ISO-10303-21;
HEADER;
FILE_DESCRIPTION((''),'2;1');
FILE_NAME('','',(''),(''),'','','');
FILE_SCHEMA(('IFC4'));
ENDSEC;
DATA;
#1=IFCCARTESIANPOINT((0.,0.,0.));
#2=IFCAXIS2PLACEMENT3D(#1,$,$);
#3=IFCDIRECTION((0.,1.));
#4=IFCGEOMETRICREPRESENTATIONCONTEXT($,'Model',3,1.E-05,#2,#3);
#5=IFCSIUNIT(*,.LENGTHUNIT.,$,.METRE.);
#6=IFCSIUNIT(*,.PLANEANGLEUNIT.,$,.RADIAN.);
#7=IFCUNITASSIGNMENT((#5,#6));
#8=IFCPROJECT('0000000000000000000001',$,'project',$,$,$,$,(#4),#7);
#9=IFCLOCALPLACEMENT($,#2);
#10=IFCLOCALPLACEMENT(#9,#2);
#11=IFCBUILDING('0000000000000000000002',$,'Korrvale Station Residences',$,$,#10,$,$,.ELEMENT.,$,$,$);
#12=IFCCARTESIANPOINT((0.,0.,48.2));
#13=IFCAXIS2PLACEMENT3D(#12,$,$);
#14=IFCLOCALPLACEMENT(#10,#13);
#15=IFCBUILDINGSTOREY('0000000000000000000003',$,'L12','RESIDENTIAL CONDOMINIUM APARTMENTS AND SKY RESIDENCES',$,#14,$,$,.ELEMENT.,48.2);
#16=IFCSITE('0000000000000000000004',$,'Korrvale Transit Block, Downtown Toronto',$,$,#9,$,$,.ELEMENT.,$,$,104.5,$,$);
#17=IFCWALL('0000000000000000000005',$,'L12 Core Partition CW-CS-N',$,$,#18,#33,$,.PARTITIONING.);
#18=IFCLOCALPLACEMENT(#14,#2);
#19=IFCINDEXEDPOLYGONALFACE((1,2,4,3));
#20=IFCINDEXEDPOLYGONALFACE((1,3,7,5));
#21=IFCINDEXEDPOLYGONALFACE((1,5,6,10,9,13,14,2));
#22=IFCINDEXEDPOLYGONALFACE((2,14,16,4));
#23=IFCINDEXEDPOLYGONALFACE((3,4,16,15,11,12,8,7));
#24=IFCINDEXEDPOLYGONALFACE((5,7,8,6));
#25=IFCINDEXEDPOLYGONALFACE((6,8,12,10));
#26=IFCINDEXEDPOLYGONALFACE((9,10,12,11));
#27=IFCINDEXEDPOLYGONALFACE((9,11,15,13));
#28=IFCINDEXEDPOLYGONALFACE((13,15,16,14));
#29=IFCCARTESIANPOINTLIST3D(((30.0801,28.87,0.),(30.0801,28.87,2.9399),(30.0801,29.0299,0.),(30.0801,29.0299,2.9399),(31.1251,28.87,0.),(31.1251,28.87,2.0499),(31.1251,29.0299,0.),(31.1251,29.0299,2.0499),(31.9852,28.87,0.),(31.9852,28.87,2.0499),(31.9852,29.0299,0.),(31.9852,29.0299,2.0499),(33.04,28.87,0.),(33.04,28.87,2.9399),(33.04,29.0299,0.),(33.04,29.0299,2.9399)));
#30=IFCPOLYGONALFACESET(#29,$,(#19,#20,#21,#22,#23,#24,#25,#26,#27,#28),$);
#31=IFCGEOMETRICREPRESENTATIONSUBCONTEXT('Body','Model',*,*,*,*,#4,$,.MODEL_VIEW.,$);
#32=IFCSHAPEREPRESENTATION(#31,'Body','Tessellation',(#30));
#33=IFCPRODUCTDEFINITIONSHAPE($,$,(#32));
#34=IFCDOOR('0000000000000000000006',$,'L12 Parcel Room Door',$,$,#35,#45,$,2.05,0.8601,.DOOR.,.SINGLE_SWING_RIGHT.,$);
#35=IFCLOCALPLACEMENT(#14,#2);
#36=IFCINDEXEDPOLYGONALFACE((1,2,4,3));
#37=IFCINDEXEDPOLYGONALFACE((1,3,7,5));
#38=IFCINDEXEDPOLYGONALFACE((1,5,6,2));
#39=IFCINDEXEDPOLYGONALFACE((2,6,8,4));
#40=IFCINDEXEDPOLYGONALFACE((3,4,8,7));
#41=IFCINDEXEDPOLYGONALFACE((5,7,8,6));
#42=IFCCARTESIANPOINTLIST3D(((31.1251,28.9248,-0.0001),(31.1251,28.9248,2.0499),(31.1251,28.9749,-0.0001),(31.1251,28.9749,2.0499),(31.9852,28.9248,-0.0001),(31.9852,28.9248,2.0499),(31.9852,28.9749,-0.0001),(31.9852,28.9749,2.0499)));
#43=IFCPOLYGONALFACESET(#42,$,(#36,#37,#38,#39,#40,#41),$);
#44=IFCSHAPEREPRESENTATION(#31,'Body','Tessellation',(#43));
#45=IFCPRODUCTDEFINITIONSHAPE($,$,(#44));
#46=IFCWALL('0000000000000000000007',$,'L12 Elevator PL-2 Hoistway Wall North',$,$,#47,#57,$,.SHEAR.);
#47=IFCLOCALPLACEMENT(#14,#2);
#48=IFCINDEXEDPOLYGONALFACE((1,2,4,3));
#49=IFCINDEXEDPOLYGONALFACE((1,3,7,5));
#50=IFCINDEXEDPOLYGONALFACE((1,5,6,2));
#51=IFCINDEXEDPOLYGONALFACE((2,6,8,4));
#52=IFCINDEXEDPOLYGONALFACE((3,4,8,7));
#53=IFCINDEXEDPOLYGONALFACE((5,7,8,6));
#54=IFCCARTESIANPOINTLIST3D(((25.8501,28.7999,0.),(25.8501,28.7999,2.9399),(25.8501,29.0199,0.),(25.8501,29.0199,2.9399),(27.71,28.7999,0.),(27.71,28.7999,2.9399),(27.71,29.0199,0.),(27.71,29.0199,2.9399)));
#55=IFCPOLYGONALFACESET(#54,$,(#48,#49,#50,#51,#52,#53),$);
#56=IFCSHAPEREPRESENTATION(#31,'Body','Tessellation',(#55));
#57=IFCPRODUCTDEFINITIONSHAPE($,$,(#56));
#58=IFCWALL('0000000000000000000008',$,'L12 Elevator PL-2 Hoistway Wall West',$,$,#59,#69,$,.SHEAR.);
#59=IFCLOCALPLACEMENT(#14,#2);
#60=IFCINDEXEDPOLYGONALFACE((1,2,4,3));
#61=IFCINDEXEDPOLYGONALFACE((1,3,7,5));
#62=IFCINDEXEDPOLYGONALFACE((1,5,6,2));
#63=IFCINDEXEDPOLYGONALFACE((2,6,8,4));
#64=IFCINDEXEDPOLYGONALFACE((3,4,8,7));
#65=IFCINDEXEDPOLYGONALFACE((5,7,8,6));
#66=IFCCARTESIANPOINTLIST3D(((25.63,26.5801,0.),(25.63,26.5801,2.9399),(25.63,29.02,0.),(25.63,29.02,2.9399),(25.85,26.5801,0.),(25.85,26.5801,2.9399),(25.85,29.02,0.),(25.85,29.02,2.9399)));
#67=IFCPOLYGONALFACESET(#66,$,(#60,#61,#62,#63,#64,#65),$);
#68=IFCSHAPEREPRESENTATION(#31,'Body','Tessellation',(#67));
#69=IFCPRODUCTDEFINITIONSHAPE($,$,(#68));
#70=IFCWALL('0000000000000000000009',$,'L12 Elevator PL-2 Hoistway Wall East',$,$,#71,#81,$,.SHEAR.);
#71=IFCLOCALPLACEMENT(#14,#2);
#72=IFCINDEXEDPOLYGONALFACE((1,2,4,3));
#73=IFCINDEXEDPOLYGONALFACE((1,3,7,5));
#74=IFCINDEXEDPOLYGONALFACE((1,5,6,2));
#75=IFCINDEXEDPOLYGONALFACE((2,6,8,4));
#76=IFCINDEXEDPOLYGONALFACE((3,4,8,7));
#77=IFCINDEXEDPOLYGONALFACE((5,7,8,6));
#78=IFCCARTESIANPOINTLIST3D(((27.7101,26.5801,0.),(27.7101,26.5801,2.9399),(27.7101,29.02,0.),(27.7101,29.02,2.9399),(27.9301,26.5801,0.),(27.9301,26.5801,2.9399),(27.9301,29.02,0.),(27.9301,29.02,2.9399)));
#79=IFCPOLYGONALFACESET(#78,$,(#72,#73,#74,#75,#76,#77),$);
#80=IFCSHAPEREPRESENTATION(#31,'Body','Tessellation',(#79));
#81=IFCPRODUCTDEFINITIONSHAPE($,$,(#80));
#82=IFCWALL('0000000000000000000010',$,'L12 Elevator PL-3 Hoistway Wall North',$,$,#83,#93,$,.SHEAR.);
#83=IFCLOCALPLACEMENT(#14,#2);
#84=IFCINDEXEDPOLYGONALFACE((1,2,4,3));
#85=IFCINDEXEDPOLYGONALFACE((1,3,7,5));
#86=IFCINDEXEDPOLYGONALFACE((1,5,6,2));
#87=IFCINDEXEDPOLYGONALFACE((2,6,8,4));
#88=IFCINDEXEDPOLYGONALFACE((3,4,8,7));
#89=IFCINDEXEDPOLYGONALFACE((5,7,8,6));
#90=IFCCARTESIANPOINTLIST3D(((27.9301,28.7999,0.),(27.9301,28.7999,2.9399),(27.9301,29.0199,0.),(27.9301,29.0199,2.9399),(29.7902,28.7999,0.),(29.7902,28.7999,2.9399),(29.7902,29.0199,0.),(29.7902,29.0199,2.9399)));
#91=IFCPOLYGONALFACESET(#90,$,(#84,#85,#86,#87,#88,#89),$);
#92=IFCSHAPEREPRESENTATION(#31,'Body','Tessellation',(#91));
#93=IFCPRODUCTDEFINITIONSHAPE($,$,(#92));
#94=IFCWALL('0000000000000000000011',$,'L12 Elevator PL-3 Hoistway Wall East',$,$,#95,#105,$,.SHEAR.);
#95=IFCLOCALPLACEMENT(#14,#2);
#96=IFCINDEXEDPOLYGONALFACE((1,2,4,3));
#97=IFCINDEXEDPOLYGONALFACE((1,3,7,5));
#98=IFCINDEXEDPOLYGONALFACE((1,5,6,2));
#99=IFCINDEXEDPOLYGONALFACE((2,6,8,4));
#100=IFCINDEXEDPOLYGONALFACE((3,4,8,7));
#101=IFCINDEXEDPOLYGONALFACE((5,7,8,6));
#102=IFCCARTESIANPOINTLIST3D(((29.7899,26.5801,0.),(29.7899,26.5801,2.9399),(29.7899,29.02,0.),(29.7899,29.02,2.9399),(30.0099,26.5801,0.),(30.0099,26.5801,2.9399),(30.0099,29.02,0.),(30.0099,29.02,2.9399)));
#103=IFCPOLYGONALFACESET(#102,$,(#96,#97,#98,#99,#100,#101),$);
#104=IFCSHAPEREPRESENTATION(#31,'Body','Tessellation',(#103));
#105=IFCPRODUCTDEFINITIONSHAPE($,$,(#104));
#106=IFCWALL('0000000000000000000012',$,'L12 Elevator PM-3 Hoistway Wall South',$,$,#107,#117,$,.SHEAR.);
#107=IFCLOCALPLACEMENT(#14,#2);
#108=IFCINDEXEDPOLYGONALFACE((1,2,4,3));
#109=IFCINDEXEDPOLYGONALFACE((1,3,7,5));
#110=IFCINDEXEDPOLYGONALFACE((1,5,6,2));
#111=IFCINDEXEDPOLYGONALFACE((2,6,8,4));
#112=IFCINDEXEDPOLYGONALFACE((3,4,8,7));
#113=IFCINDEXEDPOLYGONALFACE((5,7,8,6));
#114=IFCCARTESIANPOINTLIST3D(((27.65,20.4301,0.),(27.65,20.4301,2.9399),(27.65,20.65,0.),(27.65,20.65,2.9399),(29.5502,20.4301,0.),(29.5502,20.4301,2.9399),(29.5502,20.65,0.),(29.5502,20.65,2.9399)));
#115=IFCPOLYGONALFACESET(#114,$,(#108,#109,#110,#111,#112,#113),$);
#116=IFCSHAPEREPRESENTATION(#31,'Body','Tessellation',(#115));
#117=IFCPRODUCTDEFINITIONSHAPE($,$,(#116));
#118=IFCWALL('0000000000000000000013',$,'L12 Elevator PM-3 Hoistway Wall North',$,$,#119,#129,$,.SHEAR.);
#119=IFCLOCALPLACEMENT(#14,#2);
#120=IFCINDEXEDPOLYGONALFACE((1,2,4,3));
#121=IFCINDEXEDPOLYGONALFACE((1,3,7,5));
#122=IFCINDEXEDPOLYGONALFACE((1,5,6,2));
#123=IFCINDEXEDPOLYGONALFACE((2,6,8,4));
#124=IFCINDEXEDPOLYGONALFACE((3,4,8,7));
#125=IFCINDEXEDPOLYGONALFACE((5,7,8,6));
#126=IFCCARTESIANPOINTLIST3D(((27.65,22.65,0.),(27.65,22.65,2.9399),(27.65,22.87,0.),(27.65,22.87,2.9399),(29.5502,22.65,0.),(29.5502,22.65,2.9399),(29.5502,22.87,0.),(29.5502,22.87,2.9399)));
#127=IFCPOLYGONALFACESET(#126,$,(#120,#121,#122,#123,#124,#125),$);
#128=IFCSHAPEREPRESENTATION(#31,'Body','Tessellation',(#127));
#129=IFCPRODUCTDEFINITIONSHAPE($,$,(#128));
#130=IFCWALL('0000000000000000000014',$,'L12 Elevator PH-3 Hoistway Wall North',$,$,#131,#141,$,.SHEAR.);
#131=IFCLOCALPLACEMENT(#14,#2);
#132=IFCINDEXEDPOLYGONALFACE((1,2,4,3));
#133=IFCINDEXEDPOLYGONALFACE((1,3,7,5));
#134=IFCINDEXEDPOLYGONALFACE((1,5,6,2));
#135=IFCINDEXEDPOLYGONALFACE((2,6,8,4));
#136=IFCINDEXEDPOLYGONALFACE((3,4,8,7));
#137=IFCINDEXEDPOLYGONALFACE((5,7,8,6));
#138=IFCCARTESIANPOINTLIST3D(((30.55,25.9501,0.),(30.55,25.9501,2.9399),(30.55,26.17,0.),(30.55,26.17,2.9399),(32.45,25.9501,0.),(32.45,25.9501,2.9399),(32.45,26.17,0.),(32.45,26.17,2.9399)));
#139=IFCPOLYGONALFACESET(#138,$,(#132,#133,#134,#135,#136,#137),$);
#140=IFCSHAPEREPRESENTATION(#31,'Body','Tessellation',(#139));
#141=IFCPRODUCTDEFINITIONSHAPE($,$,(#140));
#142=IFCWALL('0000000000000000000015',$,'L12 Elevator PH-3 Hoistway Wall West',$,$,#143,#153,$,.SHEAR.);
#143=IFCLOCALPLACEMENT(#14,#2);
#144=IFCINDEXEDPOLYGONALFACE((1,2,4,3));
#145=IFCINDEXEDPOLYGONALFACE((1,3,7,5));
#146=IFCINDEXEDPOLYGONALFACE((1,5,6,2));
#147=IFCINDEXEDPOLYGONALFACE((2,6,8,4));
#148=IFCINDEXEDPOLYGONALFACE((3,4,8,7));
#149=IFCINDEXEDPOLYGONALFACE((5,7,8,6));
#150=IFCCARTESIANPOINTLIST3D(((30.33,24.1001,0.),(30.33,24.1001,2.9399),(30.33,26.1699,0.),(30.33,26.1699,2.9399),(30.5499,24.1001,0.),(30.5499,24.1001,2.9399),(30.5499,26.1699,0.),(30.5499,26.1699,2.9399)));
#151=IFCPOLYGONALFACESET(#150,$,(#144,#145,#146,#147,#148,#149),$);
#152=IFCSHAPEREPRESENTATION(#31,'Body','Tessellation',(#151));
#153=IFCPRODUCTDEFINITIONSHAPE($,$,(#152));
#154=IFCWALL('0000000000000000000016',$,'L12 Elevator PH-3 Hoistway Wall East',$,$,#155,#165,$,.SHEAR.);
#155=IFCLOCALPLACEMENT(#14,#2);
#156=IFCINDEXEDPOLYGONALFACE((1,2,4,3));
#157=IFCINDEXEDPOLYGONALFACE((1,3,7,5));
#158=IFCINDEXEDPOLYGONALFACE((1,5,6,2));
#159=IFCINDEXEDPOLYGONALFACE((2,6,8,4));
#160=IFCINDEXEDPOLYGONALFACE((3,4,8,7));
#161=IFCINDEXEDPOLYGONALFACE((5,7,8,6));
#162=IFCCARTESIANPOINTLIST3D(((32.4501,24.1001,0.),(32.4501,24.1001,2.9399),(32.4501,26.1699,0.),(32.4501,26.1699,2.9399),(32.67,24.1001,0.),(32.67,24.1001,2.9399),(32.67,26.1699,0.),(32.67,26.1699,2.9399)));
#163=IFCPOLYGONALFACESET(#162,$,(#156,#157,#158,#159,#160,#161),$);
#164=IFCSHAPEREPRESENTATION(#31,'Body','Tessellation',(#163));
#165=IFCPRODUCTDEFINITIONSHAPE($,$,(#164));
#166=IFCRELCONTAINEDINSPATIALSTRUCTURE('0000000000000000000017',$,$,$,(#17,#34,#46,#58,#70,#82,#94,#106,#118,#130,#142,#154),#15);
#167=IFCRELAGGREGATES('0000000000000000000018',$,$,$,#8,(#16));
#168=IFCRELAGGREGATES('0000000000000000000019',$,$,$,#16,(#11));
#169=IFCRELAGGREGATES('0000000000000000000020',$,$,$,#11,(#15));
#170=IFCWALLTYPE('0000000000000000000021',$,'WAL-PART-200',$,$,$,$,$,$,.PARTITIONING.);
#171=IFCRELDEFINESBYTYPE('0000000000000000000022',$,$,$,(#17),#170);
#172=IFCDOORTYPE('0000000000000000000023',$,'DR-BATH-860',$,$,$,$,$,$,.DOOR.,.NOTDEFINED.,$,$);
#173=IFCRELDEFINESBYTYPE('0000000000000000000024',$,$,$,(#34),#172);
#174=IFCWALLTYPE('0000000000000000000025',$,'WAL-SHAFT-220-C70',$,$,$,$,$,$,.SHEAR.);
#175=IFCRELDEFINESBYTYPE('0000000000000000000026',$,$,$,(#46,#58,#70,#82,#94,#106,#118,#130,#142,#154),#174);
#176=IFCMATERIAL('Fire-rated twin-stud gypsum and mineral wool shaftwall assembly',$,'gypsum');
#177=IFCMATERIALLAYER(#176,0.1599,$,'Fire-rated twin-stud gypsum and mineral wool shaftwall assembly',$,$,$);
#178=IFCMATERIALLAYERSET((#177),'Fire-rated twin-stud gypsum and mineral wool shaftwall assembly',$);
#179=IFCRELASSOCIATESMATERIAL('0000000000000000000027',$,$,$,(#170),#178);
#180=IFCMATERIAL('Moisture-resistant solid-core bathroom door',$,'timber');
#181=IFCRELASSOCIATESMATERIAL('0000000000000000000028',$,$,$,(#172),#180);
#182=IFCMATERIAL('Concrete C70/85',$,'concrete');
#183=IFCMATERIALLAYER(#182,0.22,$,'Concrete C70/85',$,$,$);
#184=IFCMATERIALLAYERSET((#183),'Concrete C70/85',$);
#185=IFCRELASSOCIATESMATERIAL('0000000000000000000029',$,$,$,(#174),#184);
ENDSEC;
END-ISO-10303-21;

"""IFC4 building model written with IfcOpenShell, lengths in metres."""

from ifc_helpers import new_model, si_unit, direction, frame, frame_2d, origin, place, context, subcontext, project, spatial, rectangle, extrude, material, layer, layer_set, type_object, element, fill, save


model = new_model("IFC4")

# Units and contexts
model_context = context("Model", 3, precision=1e-05, world=origin(), true_north=direction((0.0, 1.0)))
body_context = subcontext(model_context, "Body", "Model", "MODEL_VIEW")
ifc_project = project(units=[si_unit("LENGTHUNIT", "METRE"), si_unit("PLANEANGLEUNIT", "RADIAN")], contexts=[model_context])

# Site, building, storey
site_placement = place(None, origin())
site = spatial("IfcSite", under=ifc_project, at=site_placement, Name="Korrvale Transit Block, Downtown Toronto", CompositionType="ELEMENT", RefElevation=104.5)
building_placement = place(site_placement, origin())
building = spatial("IfcBuilding", under=site, at=building_placement, Name="Korrvale Station Residences", CompositionType="ELEMENT")
storey_placement = place(building_placement, frame((0.0, 0.0, 48.2)))
storey = spatial("IfcBuildingStorey", under=building, at=storey_placement, Name="L12", Description="RESIDENTIAL CONDOMINIUM APARTMENTS AND SKY RESIDENCES", CompositionType="ELEMENT", Elevation=48.2)

# Shared definitions
ifc_material_1 = material(Name="Concrete C70/85", Category="concrete")

# Shared definitions
ifc_material_2 = material(Name="Fire-rated twin-stud gypsum and mineral wool shaftwall assembly", Category="gypsum")
ifc_layer_1 = layer(ifc_material_2, 0.1599, Name="Fire-rated twin-stud gypsum and mineral wool shaftwall assembly")
ifc_layer_set_1 = layer_set([ifc_layer_1], Name="Fire-rated twin-stud gypsum and mineral wool shaftwall assembly")
wall_type_1 = type_object("IfcWallType", Name="WAL-PART-200", PredefinedType="PARTITIONING", material=ifc_layer_set_1)

# Wall, opening, door
wall_1_placement = place(storey_placement, frame((30.0801, 28.95, 0.0), z_axis=(0.0, 0.0, 1.0), x_axis=(1.0, 0.0, 0.0)))
wall_1 = element("IfcWall", 1, at=wall_1_placement, inside=storey, type_object=wall_type_1, Name="L12 Core Partition CW-CS-N", PredefinedType="PARTITIONING", context=body_context, shape_type="SweptSolid", body=[
    extrude(rectangle(XDim=2.96, YDim=0.1599, at=frame_2d((1.48, 0.0))), origin(), (0.0, 0.0, 1.0), 2.9399),
])
opening_1_placement = place(wall_1_placement, frame((1.0449, 0.0, 0.0)))
opening_1 = element("IfcOpeningElement", 2, at=opening_1_placement, cuts=wall_1, PredefinedType="OPENING", context=body_context, shape_type="SweptSolid", body=[
    extrude(rectangle(XDim=0.8601, YDim=2.05, at=frame_2d((0.4302, 1.0249))), frame((0.0, 0.0898, 0.0), z_axis=(0.0, -1.0, 0.0), x_axis=(1.0, 0.0, 0.0)), (0.0, 0.0, 1.0), 0.1799),
])
ifc_material_3 = material(Name="Moisture-resistant solid-core bathroom door", Category="timber")
door_type_1 = type_object("IfcDoorType", Name="DR-BATH-860", OperationType="NOTDEFINED", PredefinedType="DOOR", material=ifc_material_3)
door_1_placement = place(opening_1_placement, origin())
door_1 = element("IfcDoor", 3, at=door_1_placement, inside=storey, type_object=door_type_1, Name="L12 Parcel Room Door", OperationType="SINGLE_SWING_RIGHT", OverallHeight=2.05, OverallWidth=0.8601, PredefinedType="DOOR", context=body_context, shape_type="SweptSolid", body=[
    extrude(rectangle(XDim=0.8601, YDim=2.05, at=frame_2d((0.4302, 1.0249))), frame((0.0, 0.0249, 0.0), z_axis=(0.0, -1.0, 0.0), x_axis=(1.0, 0.0, 0.0)), (0.0, 0.0, 1.0), 0.05),
])
fill(opening_1, door_1)
ifc_layer_2 = layer(ifc_material_1, 0.22, Name="Concrete C70/85")
ifc_layer_set_2 = layer_set([ifc_layer_2], Name="Concrete C70/85")
wall_type_2 = type_object("IfcWallType", Name="WAL-SHAFT-220-C70", PredefinedType="SHEAR", material=ifc_layer_set_2)

# Walls
wall_2_placement = place(storey_placement, frame((25.8501, 28.9099, 0.0), z_axis=(0.0, 0.0, 1.0), x_axis=(1.0, 0.0, 0.0)))
element("IfcWall", 4, at=wall_2_placement, inside=storey, type_object=wall_type_2, Name="L12 Elevator PL-2 Hoistway Wall North", PredefinedType="SHEAR", context=body_context, shape_type="SweptSolid", body=[
    extrude(rectangle(XDim=1.8599, YDim=0.22, at=frame_2d((0.9299, 0.0))), origin(), (0.0, 0.0, 1.0), 2.9399),
])
for number, where, z_axis, x_axis, name in (
    (5, (25.74, 26.5801, 0.0), (0.0, 0.0, 1.0), (0.0, 1.0, 0.0), "L12 Elevator PL-2 Hoistway Wall West"),
    (6, (27.8201, 26.5801, 0.0), (0.0, 0.0, 1.0), (0.0, 1.0, 0.0), "L12 Elevator PL-2 Hoistway Wall East"),
):
    element("IfcWall", number, at=place(storey_placement, frame(where, z_axis=z_axis, x_axis=x_axis)), inside=storey, type_object=wall_type_2, Name=name, PredefinedType="SHEAR", context=body_context, shape_type="SweptSolid", body=[
        extrude(rectangle(XDim=2.4399, YDim=0.22, at=frame_2d((1.22, 0.0))), origin(), (0.0, 0.0, 1.0), 2.9399),
    ])

# Walls
wall_3_placement = place(storey_placement, frame((27.9299, 28.9099, 0.0), z_axis=(0.0, 0.0, 1.0), x_axis=(1.0, 0.0, 0.0)))
element("IfcWall", 7, at=wall_3_placement, inside=storey, type_object=wall_type_2, Name="L12 Elevator PL-3 Hoistway Wall North", PredefinedType="SHEAR", context=body_context, shape_type="SweptSolid", body=[
    extrude(rectangle(XDim=1.8601, YDim=0.22, at=frame_2d((0.9302, 0.0))), origin(), (0.0, 0.0, 1.0), 2.9399),
])
wall_4_placement = place(storey_placement, frame((29.8999, 26.5801, 0.0), z_axis=(0.0, 0.0, 1.0), x_axis=(0.0, 1.0, 0.0)))
element("IfcWall", 8, at=wall_4_placement, inside=storey, type_object=wall_type_2, Name="L12 Elevator PL-3 Hoistway Wall East", PredefinedType="SHEAR", context=body_context, shape_type="SweptSolid", body=[
    extrude(rectangle(XDim=2.4399, YDim=0.22, at=frame_2d((1.22, 0.0))), origin(), (0.0, 0.0, 1.0), 2.9399),
])
for number, where, z_axis, x_axis, name in (
    (9, (27.6499, 20.54, 0.0), (0.0, 0.0, 1.0), (1.0, 0.0, 0.0), "L12 Elevator PM-3 Hoistway Wall South"),
    (10, (27.6499, 22.76, 0.0), (0.0, 0.0, 1.0), (1.0, 0.0, 0.0), "L12 Elevator PM-3 Hoistway Wall North"),
):
    element("IfcWall", number, at=place(storey_placement, frame(where, z_axis=z_axis, x_axis=x_axis)), inside=storey, type_object=wall_type_2, Name=name, PredefinedType="SHEAR", context=body_context, shape_type="SweptSolid", body=[
        extrude(rectangle(XDim=1.9001, YDim=0.22, at=frame_2d((0.9502, 0.0))), origin(), (0.0, 0.0, 1.0), 2.9399),
    ])
wall_5_placement = place(storey_placement, frame((30.55, 26.0601, 0.0), z_axis=(0.0, 0.0, 1.0), x_axis=(1.0, 0.0, 0.0)))
element("IfcWall", 11, at=wall_5_placement, inside=storey, type_object=wall_type_2, Name="L12 Elevator PH-3 Hoistway Wall North", PredefinedType="SHEAR", context=body_context, shape_type="SweptSolid", body=[
    extrude(rectangle(XDim=1.8999, YDim=0.22, at=frame_2d((0.95, 0.0))), origin(), (0.0, 0.0, 1.0), 2.9399),
])
for number, where, z_axis, x_axis, name in (
    (12, (30.4399, 24.1001, 0.0), (0.0, 0.0, 1.0), (0.0, 1.0, 0.0), "L12 Elevator PH-3 Hoistway Wall West"),
    (13, (32.5601, 24.1001, 0.0), (0.0, 0.0, 1.0), (0.0, 1.0, 0.0), "L12 Elevator PH-3 Hoistway Wall East"),
):
    element("IfcWall", number, at=place(storey_placement, frame(where, z_axis=z_axis, x_axis=x_axis)), inside=storey, type_object=wall_type_2, Name=name, PredefinedType="SHEAR", context=body_context, shape_type="SweptSolid", body=[
        extrude(rectangle(XDim=2.0698, YDim=0.22, at=frame_2d((1.0349, 0.0))), origin(), (0.0, 0.0, 1.0), 2.9399),
    ])

save(model, "model.ifc")
